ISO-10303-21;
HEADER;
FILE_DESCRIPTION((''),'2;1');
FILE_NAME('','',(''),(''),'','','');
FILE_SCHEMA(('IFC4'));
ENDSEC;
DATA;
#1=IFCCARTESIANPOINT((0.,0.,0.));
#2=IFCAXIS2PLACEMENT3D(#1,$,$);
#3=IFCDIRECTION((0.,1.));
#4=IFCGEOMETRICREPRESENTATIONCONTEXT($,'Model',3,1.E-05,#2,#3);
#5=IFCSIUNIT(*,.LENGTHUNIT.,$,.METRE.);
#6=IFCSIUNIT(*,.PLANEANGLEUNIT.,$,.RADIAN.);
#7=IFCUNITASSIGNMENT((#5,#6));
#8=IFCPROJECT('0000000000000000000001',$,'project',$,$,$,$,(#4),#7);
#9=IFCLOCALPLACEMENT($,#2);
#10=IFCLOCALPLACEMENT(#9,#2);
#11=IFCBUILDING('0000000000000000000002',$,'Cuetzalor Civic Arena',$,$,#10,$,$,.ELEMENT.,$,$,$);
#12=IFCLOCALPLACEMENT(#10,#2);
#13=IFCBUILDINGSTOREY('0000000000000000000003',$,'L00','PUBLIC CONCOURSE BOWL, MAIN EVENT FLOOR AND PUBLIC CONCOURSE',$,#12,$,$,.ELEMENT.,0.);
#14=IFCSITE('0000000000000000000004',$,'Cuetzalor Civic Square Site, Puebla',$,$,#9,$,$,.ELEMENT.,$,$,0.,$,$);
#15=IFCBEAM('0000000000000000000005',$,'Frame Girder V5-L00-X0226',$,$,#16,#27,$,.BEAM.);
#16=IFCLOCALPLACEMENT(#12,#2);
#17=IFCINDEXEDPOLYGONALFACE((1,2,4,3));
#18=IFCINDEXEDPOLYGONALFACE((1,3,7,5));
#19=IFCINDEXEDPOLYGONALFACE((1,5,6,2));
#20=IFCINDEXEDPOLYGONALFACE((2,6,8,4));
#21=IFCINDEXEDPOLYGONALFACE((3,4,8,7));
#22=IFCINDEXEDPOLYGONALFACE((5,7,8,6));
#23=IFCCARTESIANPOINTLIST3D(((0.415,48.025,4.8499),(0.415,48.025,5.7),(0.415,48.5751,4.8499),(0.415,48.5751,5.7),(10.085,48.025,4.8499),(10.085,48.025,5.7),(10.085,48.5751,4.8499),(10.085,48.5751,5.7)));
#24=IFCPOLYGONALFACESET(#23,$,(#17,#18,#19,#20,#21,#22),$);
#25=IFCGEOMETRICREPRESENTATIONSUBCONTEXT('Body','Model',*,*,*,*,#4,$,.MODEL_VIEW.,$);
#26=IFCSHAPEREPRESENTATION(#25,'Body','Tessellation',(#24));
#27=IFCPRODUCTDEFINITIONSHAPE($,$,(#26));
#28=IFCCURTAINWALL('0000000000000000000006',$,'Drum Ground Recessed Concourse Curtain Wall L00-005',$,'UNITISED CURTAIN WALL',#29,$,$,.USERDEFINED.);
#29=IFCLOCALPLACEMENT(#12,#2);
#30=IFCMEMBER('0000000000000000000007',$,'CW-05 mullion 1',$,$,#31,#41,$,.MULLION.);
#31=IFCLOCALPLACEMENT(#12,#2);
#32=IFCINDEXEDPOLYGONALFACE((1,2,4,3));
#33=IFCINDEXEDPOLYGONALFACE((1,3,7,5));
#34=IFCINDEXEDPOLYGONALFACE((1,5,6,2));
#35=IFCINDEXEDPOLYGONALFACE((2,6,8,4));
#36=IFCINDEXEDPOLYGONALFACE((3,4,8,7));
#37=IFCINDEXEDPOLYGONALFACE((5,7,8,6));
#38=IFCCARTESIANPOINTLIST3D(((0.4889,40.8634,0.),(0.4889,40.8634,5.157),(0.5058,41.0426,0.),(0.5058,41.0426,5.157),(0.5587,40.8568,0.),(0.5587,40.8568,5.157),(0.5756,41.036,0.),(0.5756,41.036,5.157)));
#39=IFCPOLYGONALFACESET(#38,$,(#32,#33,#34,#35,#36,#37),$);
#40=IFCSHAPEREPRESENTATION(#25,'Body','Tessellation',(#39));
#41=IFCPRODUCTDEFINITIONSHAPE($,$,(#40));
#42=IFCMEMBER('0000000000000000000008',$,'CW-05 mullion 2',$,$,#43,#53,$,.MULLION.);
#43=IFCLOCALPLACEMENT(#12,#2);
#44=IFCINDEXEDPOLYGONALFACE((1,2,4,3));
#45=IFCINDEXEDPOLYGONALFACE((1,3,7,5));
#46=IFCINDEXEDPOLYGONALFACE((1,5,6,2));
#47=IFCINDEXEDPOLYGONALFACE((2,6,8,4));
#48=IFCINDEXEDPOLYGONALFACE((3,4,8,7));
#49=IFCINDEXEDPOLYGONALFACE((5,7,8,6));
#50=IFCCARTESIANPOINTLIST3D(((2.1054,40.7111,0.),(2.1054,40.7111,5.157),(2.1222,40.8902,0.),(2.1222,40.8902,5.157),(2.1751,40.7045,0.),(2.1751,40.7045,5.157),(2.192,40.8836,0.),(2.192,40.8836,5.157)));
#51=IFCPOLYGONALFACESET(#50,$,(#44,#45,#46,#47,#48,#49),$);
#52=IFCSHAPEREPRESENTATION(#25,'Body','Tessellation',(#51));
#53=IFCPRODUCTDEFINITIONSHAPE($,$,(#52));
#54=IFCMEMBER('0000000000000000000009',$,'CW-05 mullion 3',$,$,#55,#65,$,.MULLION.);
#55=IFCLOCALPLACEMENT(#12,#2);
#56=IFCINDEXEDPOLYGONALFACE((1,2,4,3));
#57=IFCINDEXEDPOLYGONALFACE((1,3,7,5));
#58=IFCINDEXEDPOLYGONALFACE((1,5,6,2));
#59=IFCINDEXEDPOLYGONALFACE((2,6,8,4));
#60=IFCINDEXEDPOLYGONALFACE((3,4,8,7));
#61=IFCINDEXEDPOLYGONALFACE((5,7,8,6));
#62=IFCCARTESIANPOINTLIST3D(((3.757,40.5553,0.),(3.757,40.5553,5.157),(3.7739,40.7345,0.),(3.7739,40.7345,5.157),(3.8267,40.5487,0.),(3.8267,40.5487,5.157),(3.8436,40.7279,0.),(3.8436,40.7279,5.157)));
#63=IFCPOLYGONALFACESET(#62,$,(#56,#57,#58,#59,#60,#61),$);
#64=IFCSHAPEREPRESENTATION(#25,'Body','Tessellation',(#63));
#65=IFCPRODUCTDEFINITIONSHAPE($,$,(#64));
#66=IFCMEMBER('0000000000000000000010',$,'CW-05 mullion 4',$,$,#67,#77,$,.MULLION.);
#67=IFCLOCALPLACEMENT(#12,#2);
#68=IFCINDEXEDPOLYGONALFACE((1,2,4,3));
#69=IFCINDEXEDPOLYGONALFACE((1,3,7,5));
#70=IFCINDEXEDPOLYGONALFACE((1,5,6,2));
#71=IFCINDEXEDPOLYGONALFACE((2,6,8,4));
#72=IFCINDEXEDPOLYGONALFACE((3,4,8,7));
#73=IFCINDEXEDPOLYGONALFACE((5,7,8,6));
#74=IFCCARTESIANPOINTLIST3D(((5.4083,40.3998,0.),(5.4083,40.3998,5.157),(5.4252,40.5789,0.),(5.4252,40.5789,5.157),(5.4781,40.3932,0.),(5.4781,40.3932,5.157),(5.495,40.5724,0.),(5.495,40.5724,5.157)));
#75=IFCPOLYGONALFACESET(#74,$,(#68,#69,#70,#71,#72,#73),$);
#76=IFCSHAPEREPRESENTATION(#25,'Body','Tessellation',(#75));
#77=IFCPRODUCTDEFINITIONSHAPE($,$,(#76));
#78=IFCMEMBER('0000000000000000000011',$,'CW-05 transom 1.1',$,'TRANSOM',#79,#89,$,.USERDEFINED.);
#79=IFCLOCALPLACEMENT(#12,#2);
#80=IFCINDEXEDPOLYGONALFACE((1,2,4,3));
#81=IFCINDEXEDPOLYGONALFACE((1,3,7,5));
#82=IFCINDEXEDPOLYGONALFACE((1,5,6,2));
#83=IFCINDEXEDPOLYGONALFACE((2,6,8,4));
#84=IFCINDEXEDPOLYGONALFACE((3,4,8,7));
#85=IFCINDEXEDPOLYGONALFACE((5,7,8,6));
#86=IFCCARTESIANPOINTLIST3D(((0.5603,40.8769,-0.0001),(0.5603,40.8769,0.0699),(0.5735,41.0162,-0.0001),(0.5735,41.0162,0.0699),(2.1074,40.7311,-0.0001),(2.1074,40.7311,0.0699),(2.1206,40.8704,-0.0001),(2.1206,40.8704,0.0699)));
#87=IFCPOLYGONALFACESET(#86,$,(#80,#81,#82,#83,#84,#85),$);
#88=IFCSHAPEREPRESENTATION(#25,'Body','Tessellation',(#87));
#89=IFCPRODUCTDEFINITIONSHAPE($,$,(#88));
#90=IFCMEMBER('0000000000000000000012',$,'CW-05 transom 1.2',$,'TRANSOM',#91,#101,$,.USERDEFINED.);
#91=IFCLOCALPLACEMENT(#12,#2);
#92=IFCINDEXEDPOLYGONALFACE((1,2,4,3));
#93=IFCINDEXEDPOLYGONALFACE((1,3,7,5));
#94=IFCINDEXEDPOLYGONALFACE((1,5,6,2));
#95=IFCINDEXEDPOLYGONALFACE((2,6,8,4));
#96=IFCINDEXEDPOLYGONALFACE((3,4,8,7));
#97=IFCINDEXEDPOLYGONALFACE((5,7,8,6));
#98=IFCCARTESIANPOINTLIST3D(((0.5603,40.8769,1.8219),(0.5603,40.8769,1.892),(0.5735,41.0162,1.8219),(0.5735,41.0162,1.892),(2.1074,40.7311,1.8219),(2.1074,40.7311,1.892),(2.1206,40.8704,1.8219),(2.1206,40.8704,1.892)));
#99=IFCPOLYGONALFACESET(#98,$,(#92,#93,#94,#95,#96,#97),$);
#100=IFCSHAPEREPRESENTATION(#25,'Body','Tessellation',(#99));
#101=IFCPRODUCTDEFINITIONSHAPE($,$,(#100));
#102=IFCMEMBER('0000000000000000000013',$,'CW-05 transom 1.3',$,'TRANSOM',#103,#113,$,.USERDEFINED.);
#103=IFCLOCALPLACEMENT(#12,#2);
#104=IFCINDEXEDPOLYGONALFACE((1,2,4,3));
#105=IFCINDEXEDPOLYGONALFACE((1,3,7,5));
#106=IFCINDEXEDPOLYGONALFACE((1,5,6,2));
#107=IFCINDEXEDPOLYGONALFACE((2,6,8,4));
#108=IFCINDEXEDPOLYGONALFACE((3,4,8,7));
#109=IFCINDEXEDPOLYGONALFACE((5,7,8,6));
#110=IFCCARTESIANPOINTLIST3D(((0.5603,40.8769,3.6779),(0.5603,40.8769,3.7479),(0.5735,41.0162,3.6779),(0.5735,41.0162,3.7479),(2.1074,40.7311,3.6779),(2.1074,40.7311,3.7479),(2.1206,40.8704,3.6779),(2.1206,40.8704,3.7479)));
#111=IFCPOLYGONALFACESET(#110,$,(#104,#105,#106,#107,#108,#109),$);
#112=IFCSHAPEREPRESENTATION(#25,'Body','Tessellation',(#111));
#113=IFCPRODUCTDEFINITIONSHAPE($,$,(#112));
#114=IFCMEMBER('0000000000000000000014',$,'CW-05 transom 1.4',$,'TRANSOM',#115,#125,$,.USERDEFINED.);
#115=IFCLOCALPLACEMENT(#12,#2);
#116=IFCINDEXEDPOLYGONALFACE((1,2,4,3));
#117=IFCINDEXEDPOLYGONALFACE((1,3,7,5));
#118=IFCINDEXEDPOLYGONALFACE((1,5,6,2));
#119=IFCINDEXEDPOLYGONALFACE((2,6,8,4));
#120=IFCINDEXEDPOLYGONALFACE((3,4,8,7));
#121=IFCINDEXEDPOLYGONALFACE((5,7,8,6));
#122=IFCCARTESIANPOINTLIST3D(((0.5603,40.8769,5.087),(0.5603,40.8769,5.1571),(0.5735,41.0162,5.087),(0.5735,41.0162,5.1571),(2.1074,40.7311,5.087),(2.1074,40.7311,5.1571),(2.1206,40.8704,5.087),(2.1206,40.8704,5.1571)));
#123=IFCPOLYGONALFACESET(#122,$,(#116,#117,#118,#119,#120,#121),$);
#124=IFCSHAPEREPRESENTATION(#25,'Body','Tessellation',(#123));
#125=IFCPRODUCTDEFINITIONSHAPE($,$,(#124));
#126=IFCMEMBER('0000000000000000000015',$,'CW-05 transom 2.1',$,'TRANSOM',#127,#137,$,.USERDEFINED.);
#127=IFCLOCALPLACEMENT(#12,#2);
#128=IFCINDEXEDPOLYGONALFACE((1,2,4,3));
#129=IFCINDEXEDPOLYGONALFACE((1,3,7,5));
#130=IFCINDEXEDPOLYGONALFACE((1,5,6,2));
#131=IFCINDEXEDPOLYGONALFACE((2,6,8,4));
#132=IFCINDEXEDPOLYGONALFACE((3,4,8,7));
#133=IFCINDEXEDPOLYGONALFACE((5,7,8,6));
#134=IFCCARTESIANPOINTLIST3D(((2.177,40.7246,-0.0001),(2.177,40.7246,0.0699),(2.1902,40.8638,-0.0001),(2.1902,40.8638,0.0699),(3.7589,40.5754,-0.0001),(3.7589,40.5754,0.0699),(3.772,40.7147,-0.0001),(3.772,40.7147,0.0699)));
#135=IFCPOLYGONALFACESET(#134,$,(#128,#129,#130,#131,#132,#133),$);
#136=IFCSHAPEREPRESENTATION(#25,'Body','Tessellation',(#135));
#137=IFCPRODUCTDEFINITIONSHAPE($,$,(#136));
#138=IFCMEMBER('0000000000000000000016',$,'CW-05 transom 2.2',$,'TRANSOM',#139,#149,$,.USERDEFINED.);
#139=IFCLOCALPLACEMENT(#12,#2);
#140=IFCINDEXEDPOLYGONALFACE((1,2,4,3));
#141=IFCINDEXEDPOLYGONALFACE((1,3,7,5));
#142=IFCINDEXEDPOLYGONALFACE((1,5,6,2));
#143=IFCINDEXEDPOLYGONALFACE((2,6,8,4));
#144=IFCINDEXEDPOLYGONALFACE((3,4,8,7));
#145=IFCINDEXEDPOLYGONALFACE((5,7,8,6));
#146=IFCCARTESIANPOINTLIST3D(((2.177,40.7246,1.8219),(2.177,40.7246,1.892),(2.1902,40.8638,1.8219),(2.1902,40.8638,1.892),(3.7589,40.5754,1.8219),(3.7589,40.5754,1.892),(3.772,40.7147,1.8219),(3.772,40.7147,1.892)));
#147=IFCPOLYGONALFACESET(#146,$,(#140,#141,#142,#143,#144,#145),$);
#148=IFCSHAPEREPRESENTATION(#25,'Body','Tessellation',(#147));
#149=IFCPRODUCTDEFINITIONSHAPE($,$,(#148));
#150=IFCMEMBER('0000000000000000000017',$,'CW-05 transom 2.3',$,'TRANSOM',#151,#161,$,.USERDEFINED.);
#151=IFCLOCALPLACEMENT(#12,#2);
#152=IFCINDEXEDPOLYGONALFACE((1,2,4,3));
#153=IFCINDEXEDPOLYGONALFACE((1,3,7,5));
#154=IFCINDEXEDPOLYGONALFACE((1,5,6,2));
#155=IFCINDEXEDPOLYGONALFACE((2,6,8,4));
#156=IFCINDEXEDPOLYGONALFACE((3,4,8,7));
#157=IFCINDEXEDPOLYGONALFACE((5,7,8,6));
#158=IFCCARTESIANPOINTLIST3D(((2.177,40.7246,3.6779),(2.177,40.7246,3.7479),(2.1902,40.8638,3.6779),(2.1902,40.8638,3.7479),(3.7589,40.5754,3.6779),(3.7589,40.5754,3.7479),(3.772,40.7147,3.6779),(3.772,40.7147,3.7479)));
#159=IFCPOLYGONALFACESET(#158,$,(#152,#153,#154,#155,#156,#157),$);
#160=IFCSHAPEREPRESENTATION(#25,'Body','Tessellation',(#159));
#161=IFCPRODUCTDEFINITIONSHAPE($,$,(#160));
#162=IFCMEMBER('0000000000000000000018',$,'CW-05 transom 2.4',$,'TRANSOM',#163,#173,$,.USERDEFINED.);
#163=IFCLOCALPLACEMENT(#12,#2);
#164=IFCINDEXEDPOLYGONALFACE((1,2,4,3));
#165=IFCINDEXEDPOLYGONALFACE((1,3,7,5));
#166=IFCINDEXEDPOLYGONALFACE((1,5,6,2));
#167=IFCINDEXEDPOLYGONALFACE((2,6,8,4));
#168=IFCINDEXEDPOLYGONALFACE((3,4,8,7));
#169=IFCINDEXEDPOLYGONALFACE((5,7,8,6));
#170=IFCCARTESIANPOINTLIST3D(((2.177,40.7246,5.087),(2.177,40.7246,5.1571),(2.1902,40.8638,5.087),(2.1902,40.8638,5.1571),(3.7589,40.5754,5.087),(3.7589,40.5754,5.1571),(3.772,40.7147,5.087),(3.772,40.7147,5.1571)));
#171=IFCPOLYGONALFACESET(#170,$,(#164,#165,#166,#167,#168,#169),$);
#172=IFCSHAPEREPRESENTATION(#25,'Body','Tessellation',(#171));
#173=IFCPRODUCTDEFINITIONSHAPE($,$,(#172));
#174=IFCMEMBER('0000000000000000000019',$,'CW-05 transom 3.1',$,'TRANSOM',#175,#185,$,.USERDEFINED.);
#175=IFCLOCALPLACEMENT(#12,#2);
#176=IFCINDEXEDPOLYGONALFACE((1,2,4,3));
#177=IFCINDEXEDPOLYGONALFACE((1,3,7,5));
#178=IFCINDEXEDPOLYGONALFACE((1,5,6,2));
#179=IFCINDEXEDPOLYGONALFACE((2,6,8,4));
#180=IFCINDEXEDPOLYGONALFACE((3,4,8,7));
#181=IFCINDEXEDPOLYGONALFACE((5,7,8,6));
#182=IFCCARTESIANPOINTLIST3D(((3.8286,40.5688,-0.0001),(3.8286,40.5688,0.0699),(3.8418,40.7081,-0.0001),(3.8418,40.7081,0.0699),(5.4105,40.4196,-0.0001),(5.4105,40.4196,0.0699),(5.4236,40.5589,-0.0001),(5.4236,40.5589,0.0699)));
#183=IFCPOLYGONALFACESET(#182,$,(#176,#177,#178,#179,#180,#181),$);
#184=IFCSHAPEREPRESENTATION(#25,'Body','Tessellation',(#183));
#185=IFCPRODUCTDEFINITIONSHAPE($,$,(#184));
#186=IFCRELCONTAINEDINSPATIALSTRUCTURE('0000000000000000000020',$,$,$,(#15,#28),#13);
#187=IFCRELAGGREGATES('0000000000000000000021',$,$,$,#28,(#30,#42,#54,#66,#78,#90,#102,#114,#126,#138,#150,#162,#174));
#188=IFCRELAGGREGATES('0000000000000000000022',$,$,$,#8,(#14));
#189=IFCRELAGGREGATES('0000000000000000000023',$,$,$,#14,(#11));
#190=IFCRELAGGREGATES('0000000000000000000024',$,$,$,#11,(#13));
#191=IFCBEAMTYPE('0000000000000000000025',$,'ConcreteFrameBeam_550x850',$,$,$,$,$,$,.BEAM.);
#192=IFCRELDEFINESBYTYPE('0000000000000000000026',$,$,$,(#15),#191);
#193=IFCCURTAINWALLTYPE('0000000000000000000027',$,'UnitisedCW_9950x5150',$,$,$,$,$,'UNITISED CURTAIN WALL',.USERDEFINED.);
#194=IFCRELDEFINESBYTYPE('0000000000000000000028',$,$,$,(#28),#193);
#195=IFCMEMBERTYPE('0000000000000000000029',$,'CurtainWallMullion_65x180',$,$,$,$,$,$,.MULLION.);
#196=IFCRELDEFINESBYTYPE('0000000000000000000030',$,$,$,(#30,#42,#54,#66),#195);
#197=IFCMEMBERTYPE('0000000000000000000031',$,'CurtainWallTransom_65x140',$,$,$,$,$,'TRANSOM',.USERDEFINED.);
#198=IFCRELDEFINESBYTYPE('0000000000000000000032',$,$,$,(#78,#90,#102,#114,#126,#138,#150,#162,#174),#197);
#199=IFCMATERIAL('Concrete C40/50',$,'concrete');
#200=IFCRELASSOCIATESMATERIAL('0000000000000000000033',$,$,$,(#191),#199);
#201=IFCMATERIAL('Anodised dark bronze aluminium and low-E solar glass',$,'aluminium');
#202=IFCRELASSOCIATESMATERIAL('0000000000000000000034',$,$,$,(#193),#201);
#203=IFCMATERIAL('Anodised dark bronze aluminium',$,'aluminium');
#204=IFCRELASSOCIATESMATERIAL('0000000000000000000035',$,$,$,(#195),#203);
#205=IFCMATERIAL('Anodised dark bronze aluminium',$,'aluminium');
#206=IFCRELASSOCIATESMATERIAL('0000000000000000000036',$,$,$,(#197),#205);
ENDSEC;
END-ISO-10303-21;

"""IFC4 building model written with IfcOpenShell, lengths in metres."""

from ifc_helpers import new_model, si_unit, direction, frame, origin, origin_2d, place, context, subcontext, project, spatial, rectangle, extrude, material, material_profile, profile_set, type_object, element, aggregate, save


model = new_model("IFC4")

# Units and contexts
model_context = context("Model", 3, precision=1e-05, world=origin(), true_north=direction((0.0, 1.0)))
body_context = subcontext(model_context, "Body", "Model", "MODEL_VIEW")
ifc_project = project(units=[si_unit("LENGTHUNIT", "METRE"), si_unit("PLANEANGLEUNIT", "RADIAN")], contexts=[model_context])

# Site, building, storey
site_placement = place(None, origin())
site = spatial("IfcSite", under=ifc_project, at=site_placement, Name="Cuetzalor Civic Square Site, Puebla", CompositionType="ELEMENT", RefElevation=0.0)
building_placement = place(site_placement, origin())
building = spatial("IfcBuilding", under=site, at=building_placement, Name="Cuetzalor Civic Arena", CompositionType="ELEMENT")
storey_placement = place(building_placement, origin())
storey = spatial("IfcBuildingStorey", under=building, at=storey_placement, Name="L00", Description="PUBLIC CONCOURSE BOWL, MAIN EVENT FLOOR AND PUBLIC CONCOURSE", CompositionType="ELEMENT", Elevation=0.0)

# Beam
ifc_material_1 = material(Name="Concrete C40/50", Category="concrete")
ifc_material_profile_1 = material_profile(ifc_material_1, rectangle(XDim=0.55, YDim=0.8501, at=origin_2d()), Name="RC 550x850")
ifc_profile_set_1 = profile_set([ifc_material_profile_1], Name="Concrete C40/50")
beam_type = type_object("IfcBeamType", Name="ConcreteFrameBeam_550x850", PredefinedType="BEAM", material=ifc_profile_set_1)
beam_placement = place(storey_placement, frame((0.415, 48.3, 5.2749), z_axis=(1.0, 0.0, 0.0), x_axis=(0.0, 1.0, 0.0)))
element("IfcBeam", 1, at=beam_placement, inside=storey, type_object=beam_type, Name="Frame Girder V5-L00-X0226", PredefinedType="BEAM", context=body_context, shape_type="SweptSolid", body=[
    extrude(rectangle(XDim=0.55, YDim=0.8501, at=origin_2d()), origin(), (0.0, 0.0, 1.0), 9.6699),
])

# Curtain wall, members
ifc_material_2 = material(Name="Anodised dark bronze aluminium and low-E solar glass", Category="aluminium")
curtain_wall_type = type_object("IfcCurtainWallType", Name="UnitisedCW_9950x5150", ElementType="UNITISED CURTAIN WALL", PredefinedType="USERDEFINED", material=ifc_material_2)
curtain_wall_placement = place(storey_placement, origin())
curtain_wall = element("IfcCurtainWall", 2, at=curtain_wall_placement, inside=storey, type_object=curtain_wall_type, Name="Drum Ground Recessed Concourse Curtain Wall L00-005", ObjectType="UNITISED CURTAIN WALL", PredefinedType="USERDEFINED")
ifc_material_3 = material(Name="Anodised dark bronze aluminium", Category="aluminium")
ifc_material_profile_2 = material_profile(ifc_material_3, rectangle(XDim=0.0701, YDim=0.1799, at=origin_2d()), Name="ALU MULLION 70x180")
ifc_profile_set_2 = profile_set([ifc_material_profile_2], Name="Anodised dark bronze aluminium")
member_type_1 = type_object("IfcMemberType", Name="CurtainWallMullion_65x180", PredefinedType="MULLION", material=ifc_profile_set_2)
member_1_placement = place(storey_placement, frame((0.5322, 40.9497, 0.0), z_axis=(0.0, 0.0, 1.0), x_axis=(0.995585, -0.093863, 0.0)))
member_1 = element("IfcMember", 3, at=member_1_placement, type_object=member_type_1, Name="CW-05 mullion 1", PredefinedType="MULLION", context=body_context, shape_type="SweptSolid", body=[
    extrude(rectangle(XDim=0.0701, YDim=0.1799, at=origin_2d()), origin(), (0.0, 0.0, 1.0), 5.157),
])
member_2_placement = place(storey_placement, frame((2.1487, 40.7974, 0.0), z_axis=(0.0, 0.0, 1.0), x_axis=(0.995585, -0.093863, 0.0)))
member_2 = element("IfcMember", 4, at=member_2_placement, type_object=member_type_1, Name="CW-05 mullion 2", PredefinedType="MULLION", context=body_context, shape_type="SweptSolid", body=[
    extrude(rectangle(XDim=0.0701, YDim=0.1799, at=origin_2d()), origin(), (0.0, 0.0, 1.0), 5.157),
])
member_3_placement = place(storey_placement, frame((3.8003, 40.6416, 0.0), z_axis=(0.0, 0.0, 1.0), x_axis=(0.995585, -0.093863, 0.0)))
member_3 = element("IfcMember", 5, at=member_3_placement, type_object=member_type_1, Name="CW-05 mullion 3", PredefinedType="MULLION", context=body_context, shape_type="SweptSolid", body=[
    extrude(rectangle(XDim=0.0701, YDim=0.1799, at=origin_2d()), origin(), (0.0, 0.0, 1.0), 5.157),
])
member_4_placement = place(storey_placement, frame((5.4517, 40.4861, 0.0), z_axis=(0.0, 0.0, 1.0), x_axis=(0.995585, -0.093863, 0.0)))
member_4 = element("IfcMember", 6, at=member_4_placement, type_object=member_type_1, Name="CW-05 mullion 4", PredefinedType="MULLION", context=body_context, shape_type="SweptSolid", body=[
    extrude(rectangle(XDim=0.0701, YDim=0.1799, at=origin_2d()), origin(), (0.0, 0.0, 1.0), 5.157),
])
ifc_material_4 = material(Name="Anodised dark bronze aluminium", Category="aluminium")
ifc_material_profile_3 = material_profile(ifc_material_4, rectangle(XDim=0.1399, YDim=0.0701, at=origin_2d()), Name="ALU TRANSOM 70x140")
ifc_profile_set_3 = profile_set([ifc_material_profile_3], Name="Anodised dark bronze aluminium")
member_type_2 = type_object("IfcMemberType", Name="CurtainWallTransom_65x140", ElementType="TRANSOM", PredefinedType="USERDEFINED", material=ifc_profile_set_3)
member_5_placement = place(storey_placement, frame((0.5669, 40.9465, 0.0349), z_axis=(0.995592, -0.093793, 0.0), x_axis=(0.093793, 0.995592, 0.0)))
member_5 = element("IfcMember", 7, at=member_5_placement, type_object=member_type_2, Name="CW-05 transom 1.1", ObjectType="TRANSOM", PredefinedType="USERDEFINED", context=body_context, shape_type="SweptSolid", body=[
    extrude(rectangle(XDim=0.1399, YDim=0.0701, at=origin_2d()), origin(), (0.0, 0.0, 1.0), 1.554),
])
member_6_placement = place(storey_placement, frame((0.5669, 40.9465, 1.8569), z_axis=(0.995592, -0.093793, 0.0), x_axis=(0.093793, 0.995592, 0.0)))
member_6 = element("IfcMember", 8, at=member_6_placement, type_object=member_type_2, Name="CW-05 transom 1.2", ObjectType="TRANSOM", PredefinedType="USERDEFINED", context=body_context, shape_type="SweptSolid", body=[
    extrude(rectangle(XDim=0.1399, YDim=0.0701, at=origin_2d()), origin(), (0.0, 0.0, 1.0), 1.554),
])
member_7_placement = place(storey_placement, frame((0.5669, 40.9465, 3.7129), z_axis=(0.995592, -0.093793, 0.0), x_axis=(0.093793, 0.995592, 0.0)))
member_7 = element("IfcMember", 9, at=member_7_placement, type_object=member_type_2, Name="CW-05 transom 1.3", ObjectType="TRANSOM", PredefinedType="USERDEFINED", context=body_context, shape_type="SweptSolid", body=[
    extrude(rectangle(XDim=0.1399, YDim=0.0701, at=origin_2d()), origin(), (0.0, 0.0, 1.0), 1.554),
])
member_8_placement = place(storey_placement, frame((0.5669, 40.9465, 5.1221), z_axis=(0.995592, -0.093793, 0.0), x_axis=(0.093793, 0.995592, 0.0)))
member_8 = element("IfcMember", 10, at=member_8_placement, type_object=member_type_2, Name="CW-05 transom 1.4", ObjectType="TRANSOM", PredefinedType="USERDEFINED", context=body_context, shape_type="SweptSolid", body=[
    extrude(rectangle(XDim=0.1399, YDim=0.0701, at=origin_2d()), origin(), (0.0, 0.0, 1.0), 1.554),
])
member_9_placement = place(storey_placement, frame((2.1836, 40.7942, 0.0349), z_axis=(0.995583, -0.093888, 0.0), x_axis=(0.093888, 0.995583, 0.0)))
member_9 = element("IfcMember", 11, at=member_9_placement, type_object=member_type_2, Name="CW-05 transom 2.1", ObjectType="TRANSOM", PredefinedType="USERDEFINED", context=body_context, shape_type="SweptSolid", body=[
    extrude(rectangle(XDim=0.1399, YDim=0.0701, at=origin_2d()), origin(), (0.0, 0.0, 1.0), 1.5889),
])
member_10_placement = place(storey_placement, frame((2.1836, 40.7942, 1.8569), z_axis=(0.995583, -0.093888, 0.0), x_axis=(0.093888, 0.995583, 0.0)))
member_10 = element("IfcMember", 12, at=member_10_placement, type_object=member_type_2, Name="CW-05 transom 2.2", ObjectType="TRANSOM", PredefinedType="USERDEFINED", context=body_context, shape_type="SweptSolid", body=[
    extrude(rectangle(XDim=0.1399, YDim=0.0701, at=origin_2d()), origin(), (0.0, 0.0, 1.0), 1.5889),
])
member_11_placement = place(storey_placement, frame((2.1836, 40.7942, 3.7129), z_axis=(0.995583, -0.093888, 0.0), x_axis=(0.093888, 0.995583, 0.0)))
member_11 = element("IfcMember", 13, at=member_11_placement, type_object=member_type_2, Name="CW-05 transom 2.3", ObjectType="TRANSOM", PredefinedType="USERDEFINED", context=body_context, shape_type="SweptSolid", body=[
    extrude(rectangle(XDim=0.1399, YDim=0.0701, at=origin_2d()), origin(), (0.0, 0.0, 1.0), 1.5889),
])
member_12_placement = place(storey_placement, frame((2.1836, 40.7942, 5.1221), z_axis=(0.995583, -0.093888, 0.0), x_axis=(0.093888, 0.995583, 0.0)))
member_12 = element("IfcMember", 14, at=member_12_placement, type_object=member_type_2, Name="CW-05 transom 2.4", ObjectType="TRANSOM", PredefinedType="USERDEFINED", context=body_context, shape_type="SweptSolid", body=[
    extrude(rectangle(XDim=0.1399, YDim=0.0701, at=origin_2d()), origin(), (0.0, 0.0, 1.0), 1.5889),
])
member_13_placement = place(storey_placement, frame((3.8352, 40.6384, 0.0349), z_axis=(0.995583, -0.093888, 0.0), x_axis=(0.093888, 0.995583, 0.0)))
member_13 = element("IfcMember", 15, at=member_13_placement, type_object=member_type_2, Name="CW-05 transom 3.1", ObjectType="TRANSOM", PredefinedType="USERDEFINED", context=body_context, shape_type="SweptSolid", body=[
    extrude(rectangle(XDim=0.1399, YDim=0.0701, at=origin_2d()), origin(), (0.0, 0.0, 1.0), 1.5889),
])
aggregate(curtain_wall, [member_1, member_2, member_3, member_4, member_5, member_6, member_7, member_8, member_9, member_10, member_11, member_12, member_13])

save(model, "model.ifc")
